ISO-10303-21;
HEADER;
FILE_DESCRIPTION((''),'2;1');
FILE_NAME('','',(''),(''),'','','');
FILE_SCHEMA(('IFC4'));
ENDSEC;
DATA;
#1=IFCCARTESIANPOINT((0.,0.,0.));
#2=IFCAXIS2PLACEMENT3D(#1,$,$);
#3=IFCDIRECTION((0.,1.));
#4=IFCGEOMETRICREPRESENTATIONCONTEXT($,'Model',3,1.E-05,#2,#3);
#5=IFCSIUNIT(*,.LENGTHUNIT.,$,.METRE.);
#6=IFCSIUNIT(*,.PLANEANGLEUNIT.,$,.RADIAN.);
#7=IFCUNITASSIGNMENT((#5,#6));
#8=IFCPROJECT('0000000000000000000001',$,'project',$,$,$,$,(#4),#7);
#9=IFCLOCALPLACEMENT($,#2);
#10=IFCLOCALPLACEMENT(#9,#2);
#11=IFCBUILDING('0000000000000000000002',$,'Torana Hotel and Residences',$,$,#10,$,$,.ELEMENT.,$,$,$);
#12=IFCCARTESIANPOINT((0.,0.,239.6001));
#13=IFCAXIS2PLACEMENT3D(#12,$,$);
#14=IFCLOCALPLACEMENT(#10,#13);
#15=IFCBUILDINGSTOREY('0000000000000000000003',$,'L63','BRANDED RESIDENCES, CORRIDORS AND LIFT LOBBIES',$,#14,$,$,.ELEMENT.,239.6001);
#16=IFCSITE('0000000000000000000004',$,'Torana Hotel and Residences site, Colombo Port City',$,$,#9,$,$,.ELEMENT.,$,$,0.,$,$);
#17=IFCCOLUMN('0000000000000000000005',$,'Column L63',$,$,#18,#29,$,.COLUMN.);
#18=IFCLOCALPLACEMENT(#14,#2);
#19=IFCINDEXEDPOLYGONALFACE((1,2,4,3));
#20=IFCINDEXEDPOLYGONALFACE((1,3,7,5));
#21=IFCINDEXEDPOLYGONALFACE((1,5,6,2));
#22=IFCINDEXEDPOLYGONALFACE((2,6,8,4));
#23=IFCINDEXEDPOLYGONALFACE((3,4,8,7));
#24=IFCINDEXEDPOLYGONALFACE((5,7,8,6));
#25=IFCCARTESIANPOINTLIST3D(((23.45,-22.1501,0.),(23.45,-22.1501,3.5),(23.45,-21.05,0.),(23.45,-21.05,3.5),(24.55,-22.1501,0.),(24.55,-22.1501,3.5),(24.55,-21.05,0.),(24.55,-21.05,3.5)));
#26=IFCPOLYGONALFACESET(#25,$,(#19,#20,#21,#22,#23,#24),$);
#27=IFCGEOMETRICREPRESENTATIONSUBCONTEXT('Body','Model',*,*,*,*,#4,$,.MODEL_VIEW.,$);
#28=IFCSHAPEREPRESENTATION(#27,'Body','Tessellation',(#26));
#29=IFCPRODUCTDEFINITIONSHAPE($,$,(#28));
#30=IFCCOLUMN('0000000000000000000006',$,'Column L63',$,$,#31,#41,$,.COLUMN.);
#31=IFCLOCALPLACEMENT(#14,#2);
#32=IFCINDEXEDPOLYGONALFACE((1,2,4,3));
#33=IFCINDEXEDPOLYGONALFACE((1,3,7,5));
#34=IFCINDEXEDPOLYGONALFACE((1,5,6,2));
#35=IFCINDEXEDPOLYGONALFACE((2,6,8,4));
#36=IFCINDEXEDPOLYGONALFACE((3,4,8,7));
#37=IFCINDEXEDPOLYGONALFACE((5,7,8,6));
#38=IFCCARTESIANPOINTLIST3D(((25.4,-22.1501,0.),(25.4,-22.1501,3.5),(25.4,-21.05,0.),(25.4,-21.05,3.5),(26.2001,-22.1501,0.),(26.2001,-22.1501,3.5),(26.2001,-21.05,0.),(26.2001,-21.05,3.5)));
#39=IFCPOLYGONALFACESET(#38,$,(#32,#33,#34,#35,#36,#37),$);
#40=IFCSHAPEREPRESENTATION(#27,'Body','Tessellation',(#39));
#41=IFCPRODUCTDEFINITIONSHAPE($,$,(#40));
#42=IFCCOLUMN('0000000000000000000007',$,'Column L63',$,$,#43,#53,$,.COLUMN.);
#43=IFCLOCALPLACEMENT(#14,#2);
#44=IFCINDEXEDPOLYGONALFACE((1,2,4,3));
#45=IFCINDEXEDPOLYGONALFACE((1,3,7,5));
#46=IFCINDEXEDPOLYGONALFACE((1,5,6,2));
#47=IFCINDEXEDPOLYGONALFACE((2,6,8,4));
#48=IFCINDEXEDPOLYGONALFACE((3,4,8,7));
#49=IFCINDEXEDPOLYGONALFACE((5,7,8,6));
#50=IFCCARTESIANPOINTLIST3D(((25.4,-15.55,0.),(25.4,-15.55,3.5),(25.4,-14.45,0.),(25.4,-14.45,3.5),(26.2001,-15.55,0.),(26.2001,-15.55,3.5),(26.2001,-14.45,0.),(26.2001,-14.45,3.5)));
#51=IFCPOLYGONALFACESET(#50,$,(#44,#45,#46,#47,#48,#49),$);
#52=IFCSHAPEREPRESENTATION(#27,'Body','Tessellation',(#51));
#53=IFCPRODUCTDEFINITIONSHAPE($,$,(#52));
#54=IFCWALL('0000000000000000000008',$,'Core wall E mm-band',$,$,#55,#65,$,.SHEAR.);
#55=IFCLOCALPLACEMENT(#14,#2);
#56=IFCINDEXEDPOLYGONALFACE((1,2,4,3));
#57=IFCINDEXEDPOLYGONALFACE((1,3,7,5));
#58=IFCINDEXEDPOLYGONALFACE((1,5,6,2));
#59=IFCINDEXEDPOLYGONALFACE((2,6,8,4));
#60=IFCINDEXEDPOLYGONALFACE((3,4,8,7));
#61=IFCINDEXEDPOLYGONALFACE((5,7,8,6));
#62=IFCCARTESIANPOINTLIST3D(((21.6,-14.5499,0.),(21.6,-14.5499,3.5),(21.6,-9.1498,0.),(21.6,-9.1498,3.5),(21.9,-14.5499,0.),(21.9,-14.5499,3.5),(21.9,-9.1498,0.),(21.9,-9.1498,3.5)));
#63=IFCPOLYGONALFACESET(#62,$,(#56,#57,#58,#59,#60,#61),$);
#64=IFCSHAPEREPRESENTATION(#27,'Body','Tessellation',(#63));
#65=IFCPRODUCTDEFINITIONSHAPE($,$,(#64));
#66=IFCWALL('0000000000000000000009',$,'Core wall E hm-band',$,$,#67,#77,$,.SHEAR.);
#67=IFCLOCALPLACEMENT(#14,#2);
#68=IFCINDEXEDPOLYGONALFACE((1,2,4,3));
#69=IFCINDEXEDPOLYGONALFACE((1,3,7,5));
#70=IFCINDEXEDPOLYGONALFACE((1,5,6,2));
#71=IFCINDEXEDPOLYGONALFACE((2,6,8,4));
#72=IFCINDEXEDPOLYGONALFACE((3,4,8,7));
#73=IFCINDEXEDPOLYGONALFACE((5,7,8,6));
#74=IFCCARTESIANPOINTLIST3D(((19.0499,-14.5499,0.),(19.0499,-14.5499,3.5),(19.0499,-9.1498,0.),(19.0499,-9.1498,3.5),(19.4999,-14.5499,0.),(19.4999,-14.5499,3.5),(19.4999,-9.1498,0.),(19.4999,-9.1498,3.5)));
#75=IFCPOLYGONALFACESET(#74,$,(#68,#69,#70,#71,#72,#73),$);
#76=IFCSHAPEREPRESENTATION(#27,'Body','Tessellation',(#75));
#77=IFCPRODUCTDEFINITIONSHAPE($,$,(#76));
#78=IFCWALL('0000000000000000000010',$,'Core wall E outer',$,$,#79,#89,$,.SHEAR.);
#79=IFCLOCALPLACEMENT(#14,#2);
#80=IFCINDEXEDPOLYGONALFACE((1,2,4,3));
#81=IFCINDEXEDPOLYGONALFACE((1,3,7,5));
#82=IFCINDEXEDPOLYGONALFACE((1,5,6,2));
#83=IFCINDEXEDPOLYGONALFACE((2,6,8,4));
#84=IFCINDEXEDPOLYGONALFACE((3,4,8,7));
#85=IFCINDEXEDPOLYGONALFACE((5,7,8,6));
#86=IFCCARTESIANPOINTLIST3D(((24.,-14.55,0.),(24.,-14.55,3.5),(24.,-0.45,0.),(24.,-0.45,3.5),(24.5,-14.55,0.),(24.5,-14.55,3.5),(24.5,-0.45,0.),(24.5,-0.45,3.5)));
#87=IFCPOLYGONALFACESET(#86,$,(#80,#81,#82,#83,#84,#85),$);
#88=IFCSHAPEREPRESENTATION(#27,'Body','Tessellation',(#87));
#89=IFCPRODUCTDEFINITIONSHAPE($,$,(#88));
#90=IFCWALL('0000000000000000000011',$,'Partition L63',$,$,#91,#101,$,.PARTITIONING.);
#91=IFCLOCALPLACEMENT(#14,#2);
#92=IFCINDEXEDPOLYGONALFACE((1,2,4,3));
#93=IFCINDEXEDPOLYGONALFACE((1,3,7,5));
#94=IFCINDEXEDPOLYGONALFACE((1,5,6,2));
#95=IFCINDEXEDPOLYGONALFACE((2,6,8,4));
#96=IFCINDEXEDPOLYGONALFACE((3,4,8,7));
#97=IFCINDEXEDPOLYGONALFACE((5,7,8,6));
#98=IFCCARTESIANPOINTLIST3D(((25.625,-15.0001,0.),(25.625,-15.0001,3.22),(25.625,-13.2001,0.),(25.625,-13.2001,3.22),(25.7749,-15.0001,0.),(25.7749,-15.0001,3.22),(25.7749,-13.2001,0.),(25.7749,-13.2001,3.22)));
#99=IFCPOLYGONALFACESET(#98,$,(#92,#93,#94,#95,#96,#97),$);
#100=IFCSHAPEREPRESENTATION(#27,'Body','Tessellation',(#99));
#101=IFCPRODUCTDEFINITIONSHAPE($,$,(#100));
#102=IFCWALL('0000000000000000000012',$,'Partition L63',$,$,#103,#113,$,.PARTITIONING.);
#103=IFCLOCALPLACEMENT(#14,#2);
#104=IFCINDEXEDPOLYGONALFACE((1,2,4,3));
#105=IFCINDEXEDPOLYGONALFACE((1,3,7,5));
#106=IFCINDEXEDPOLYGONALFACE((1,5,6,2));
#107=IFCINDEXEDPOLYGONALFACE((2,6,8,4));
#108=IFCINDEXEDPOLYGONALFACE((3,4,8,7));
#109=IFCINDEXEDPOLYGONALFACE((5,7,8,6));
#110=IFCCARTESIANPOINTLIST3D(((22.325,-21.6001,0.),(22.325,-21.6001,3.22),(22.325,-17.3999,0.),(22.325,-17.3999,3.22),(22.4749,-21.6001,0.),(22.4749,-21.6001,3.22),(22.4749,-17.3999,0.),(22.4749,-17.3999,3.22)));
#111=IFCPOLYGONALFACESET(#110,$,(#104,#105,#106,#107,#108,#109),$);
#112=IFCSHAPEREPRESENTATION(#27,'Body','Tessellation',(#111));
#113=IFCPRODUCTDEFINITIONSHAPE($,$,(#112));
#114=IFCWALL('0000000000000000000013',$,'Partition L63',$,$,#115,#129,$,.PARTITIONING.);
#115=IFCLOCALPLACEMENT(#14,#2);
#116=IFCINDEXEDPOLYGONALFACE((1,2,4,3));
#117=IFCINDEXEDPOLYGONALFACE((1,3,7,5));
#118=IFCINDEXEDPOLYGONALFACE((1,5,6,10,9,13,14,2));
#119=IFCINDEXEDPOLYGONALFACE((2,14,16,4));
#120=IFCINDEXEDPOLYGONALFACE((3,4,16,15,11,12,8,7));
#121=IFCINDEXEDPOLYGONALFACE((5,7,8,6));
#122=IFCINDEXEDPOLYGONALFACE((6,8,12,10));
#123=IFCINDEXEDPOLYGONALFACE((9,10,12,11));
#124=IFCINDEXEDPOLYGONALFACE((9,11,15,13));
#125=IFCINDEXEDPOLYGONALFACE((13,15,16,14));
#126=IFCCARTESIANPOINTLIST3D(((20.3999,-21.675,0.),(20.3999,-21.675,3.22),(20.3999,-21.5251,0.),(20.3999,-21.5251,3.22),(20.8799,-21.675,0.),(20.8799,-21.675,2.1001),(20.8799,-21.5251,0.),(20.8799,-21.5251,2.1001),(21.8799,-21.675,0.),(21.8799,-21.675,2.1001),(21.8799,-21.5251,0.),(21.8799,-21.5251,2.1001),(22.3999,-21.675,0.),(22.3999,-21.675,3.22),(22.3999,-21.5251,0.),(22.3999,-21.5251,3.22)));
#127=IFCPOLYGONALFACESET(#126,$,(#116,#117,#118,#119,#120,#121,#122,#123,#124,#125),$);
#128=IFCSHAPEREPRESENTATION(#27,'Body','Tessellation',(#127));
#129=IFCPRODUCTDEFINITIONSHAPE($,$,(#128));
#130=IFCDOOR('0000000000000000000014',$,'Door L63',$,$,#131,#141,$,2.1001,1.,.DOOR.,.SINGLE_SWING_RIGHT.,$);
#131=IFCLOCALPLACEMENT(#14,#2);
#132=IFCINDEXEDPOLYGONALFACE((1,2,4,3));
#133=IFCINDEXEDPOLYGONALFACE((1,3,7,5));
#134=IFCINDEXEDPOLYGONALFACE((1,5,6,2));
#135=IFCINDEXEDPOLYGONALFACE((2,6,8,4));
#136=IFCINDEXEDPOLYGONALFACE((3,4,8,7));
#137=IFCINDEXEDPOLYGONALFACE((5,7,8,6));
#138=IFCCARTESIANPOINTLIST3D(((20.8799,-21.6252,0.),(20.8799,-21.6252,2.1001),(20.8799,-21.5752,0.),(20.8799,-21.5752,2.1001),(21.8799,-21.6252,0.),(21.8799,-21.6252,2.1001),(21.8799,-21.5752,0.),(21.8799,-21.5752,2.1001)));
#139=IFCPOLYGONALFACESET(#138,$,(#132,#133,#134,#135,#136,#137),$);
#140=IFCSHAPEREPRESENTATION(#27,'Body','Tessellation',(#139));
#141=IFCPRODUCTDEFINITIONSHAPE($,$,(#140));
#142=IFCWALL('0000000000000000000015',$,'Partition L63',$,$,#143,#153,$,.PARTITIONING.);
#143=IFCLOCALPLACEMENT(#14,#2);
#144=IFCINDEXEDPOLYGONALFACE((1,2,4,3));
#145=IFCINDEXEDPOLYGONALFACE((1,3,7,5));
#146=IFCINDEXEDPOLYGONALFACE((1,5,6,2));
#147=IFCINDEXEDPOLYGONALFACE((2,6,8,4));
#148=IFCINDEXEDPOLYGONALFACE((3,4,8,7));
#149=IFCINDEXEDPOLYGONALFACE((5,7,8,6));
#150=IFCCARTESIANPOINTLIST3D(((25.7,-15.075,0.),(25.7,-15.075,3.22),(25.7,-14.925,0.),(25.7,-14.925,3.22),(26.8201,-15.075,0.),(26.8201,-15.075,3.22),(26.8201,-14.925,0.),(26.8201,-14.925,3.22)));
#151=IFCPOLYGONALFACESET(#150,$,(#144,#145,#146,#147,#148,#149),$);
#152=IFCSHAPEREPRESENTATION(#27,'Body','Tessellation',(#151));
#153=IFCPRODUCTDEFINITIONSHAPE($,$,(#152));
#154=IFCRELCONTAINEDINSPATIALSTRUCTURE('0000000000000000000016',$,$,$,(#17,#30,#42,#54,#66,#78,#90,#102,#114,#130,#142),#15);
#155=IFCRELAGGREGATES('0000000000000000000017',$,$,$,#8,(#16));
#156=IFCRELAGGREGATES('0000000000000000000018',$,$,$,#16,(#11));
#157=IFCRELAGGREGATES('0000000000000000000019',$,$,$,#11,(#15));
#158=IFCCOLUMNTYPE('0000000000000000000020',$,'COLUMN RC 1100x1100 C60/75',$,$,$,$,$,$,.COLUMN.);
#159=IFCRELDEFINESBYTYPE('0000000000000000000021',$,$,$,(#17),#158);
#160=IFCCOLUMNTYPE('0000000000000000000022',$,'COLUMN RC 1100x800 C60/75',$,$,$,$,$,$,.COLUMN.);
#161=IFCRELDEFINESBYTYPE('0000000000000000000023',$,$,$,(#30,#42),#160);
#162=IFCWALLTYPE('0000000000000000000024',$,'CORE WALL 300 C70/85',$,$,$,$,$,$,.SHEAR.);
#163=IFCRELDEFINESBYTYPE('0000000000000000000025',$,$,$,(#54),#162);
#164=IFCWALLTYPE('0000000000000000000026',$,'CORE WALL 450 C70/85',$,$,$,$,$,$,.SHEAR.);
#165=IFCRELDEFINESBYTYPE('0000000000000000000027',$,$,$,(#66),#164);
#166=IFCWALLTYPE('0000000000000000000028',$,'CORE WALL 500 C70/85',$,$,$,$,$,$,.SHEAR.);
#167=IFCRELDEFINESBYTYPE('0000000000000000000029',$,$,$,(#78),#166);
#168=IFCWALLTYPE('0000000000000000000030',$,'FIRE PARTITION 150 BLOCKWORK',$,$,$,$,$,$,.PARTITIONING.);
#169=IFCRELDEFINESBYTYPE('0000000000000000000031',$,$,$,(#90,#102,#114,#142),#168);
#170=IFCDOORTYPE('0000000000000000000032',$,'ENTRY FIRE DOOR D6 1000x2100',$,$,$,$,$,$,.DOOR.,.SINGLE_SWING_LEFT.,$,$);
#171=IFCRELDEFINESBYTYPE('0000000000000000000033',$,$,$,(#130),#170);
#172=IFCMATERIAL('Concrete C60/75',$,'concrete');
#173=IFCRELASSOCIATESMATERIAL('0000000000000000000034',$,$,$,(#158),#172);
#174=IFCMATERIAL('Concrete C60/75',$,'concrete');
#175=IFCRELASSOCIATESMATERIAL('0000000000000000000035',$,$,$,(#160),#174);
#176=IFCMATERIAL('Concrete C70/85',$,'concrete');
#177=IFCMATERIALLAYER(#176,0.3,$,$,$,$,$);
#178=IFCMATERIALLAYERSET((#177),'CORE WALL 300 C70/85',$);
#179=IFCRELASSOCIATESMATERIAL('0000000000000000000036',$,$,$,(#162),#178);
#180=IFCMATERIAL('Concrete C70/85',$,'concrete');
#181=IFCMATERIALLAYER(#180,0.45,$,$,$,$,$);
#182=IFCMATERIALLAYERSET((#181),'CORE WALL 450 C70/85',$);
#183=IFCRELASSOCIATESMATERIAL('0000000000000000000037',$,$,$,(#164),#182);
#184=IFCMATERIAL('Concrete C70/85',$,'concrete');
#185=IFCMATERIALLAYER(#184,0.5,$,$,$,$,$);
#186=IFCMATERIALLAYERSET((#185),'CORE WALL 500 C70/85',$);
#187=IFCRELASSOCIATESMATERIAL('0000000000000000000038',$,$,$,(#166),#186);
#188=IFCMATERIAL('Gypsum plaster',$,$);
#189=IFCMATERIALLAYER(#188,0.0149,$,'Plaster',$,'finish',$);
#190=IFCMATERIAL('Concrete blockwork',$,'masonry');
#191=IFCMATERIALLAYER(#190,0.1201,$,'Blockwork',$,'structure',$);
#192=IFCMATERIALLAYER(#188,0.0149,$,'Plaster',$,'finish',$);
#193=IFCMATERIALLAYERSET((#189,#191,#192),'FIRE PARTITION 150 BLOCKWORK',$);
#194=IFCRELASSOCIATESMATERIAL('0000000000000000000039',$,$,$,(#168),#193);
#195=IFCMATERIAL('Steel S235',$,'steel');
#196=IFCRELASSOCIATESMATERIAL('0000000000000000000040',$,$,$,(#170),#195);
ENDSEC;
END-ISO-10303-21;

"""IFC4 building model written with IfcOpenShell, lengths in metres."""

from ifc_helpers import new_model, si_unit, direction, frame, frame_2d, origin, origin_2d, place, context, subcontext, project, spatial, rectangle, extrude, material, layer, layer_set, material_profile, profile_set, type_object, element, fill, save


model = new_model("IFC4")

# Units and contexts
model_context = context("Model", 3, precision=1e-05, world=origin(), true_north=direction((0.0, 1.0)))
body_context = subcontext(model_context, "Body", "Model", "MODEL_VIEW")
ifc_project = project(units=[si_unit("LENGTHUNIT", "METRE"), si_unit("PLANEANGLEUNIT", "RADIAN")], contexts=[model_context])

# Site, building, storey
site_placement = place(None, origin())
site = spatial("IfcSite", under=ifc_project, at=site_placement, Name="Torana Hotel and Residences site, Colombo Port City", CompositionType="ELEMENT", RefElevation=0.0)
building_placement = place(site_placement, origin())
building = spatial("IfcBuilding", under=site, at=building_placement, Name="Torana Hotel and Residences", CompositionType="ELEMENT")
storey_placement = place(building_placement, frame((0.0, 0.0, 239.6001)))
storey = spatial("IfcBuildingStorey", under=building, at=storey_placement, Name="L63", Description="BRANDED RESIDENCES, CORRIDORS AND LIFT LOBBIES", CompositionType="ELEMENT", Elevation=239.6001)

# Columns
ifc_material_1 = material(Name="Concrete C60/75", Category="concrete")
ifc_material_profile_1 = material_profile(ifc_material_1, rectangle(XDim=1.1001, YDim=1.1001, at=origin_2d()), Name="RC 1100x1100")
ifc_profile_set_1 = profile_set([ifc_material_profile_1], Name="Concrete C60/75")
column_type_1 = type_object("IfcColumnType", Name="COLUMN RC 1100x1100 C60/75", PredefinedType="COLUMN", material=ifc_profile_set_1)
column_placement = place(storey_placement, frame((24.0, -21.6001, 0.0), z_axis=(0.0, 0.0, 1.0), x_axis=(1.0, 0.0, 0.0)))
element("IfcColumn", 1, at=column_placement, inside=storey, type_object=column_type_1, Name="Column L63", PredefinedType="COLUMN", context=body_context, shape_type="SweptSolid", body=[
    extrude(rectangle(XDim=1.1001, YDim=1.1001, at=origin_2d()), origin(), (0.0, 0.0, 1.0), 3.5),
])
ifc_material_2 = material(Name="Concrete C60/75", Category="concrete")
ifc_material_profile_2 = material_profile(ifc_material_2, rectangle(XDim=1.1001, YDim=0.8, at=origin_2d()), Name="RC 1100x800")
ifc_profile_set_2 = profile_set([ifc_material_profile_2], Name="Concrete C60/75")
column_type_2 = type_object("IfcColumnType", Name="COLUMN RC 1100x800 C60/75", PredefinedType="COLUMN", material=ifc_profile_set_2)
for number, where, z_axis, x_axis, name in (
    (2, (25.8, -21.6001, 0.0), (0.0, 0.0, 1.0), (0.0, 1.0, 0.0), "Column L63"),
    (3, (25.8, -15.0, 0.0), (0.0, 0.0, 1.0), (0.0, 1.0, 0.0), "Column L63"),
):
    element("IfcColumn", number, at=place(storey_placement, frame(where, z_axis=z_axis, x_axis=x_axis)), inside=storey, type_object=column_type_2, Name=name, PredefinedType="COLUMN", context=body_context, shape_type="SweptSolid", body=[
        extrude(rectangle(XDim=1.1001, YDim=0.8, at=origin_2d()), origin(), (0.0, 0.0, 1.0), 3.5),
    ])

# Walls
ifc_material_3 = material(Name="Concrete C70/85", Category="concrete")
ifc_layer_1 = layer(ifc_material_3, 0.3)
ifc_layer_set_1 = layer_set([ifc_layer_1], Name="CORE WALL 300 C70/85")
wall_type_1 = type_object("IfcWallType", Name="CORE WALL 300 C70/85", PredefinedType="SHEAR", material=ifc_layer_set_1)
wall_1_placement = place(storey_placement, frame((21.75, -14.55, 0.0), z_axis=(0.0, 0.0, 1.0), x_axis=(0.0, 1.0, 0.0)))
element("IfcWall", 4, at=wall_1_placement, inside=storey, type_object=wall_type_1, Name="Core wall E mm-band", PredefinedType="SHEAR", context=body_context, shape_type="SweptSolid", body=[
    extrude(rectangle(XDim=5.4001, YDim=0.3, at=frame_2d((2.7002, 0.0))), origin(), (0.0, 0.0, 1.0), 3.5),
])
ifc_material_4 = material(Name="Concrete C70/85", Category="concrete")
ifc_layer_2 = layer(ifc_material_4, 0.45)
ifc_layer_set_2 = layer_set([ifc_layer_2], Name="CORE WALL 450 C70/85")
wall_type_2 = type_object("IfcWallType", Name="CORE WALL 450 C70/85", PredefinedType="SHEAR", material=ifc_layer_set_2)
wall_2_placement = place(storey_placement, frame((19.2749, -14.55, 0.0), z_axis=(0.0, 0.0, 1.0), x_axis=(0.0, 1.0, 0.0)))
element("IfcWall", 5, at=wall_2_placement, inside=storey, type_object=wall_type_2, Name="Core wall E hm-band", PredefinedType="SHEAR", context=body_context, shape_type="SweptSolid", body=[
    extrude(rectangle(XDim=5.4001, YDim=0.45, at=frame_2d((2.7002, 0.0))), origin(), (0.0, 0.0, 1.0), 3.5),
])
ifc_material_5 = material(Name="Concrete C70/85", Category="concrete")
ifc_layer_3 = layer(ifc_material_5, 0.5)
ifc_layer_set_3 = layer_set([ifc_layer_3], Name="CORE WALL 500 C70/85")
wall_type_3 = type_object("IfcWallType", Name="CORE WALL 500 C70/85", PredefinedType="SHEAR", material=ifc_layer_set_3)
wall_3_placement = place(storey_placement, frame((24.25, -14.55, 0.0), z_axis=(0.0, 0.0, 1.0), x_axis=(0.0, 1.0, 0.0)))
element("IfcWall", 6, at=wall_3_placement, inside=storey, type_object=wall_type_3, Name="Core wall E outer", PredefinedType="SHEAR", context=body_context, shape_type="SweptSolid", body=[
    extrude(rectangle(XDim=14.1001, YDim=0.5, at=frame_2d((7.05, 0.0))), origin(), (0.0, 0.0, 1.0), 3.5),
])
ifc_material_6 = material(Name="Gypsum plaster")
ifc_layer_4 = layer(ifc_material_6, 0.0149, Name="Plaster", Category="finish")
ifc_material_7 = material(Name="Concrete blockwork", Category="masonry")
ifc_layer_5 = layer(ifc_material_7, 0.1201, Name="Blockwork", Category="structure")
ifc_layer_6 = layer(ifc_material_6, 0.0149, Name="Plaster", Category="finish")
ifc_layer_set_4 = layer_set([ifc_layer_4, ifc_layer_5, ifc_layer_6], Name="FIRE PARTITION 150 BLOCKWORK")
wall_type_4 = type_object("IfcWallType", Name="FIRE PARTITION 150 BLOCKWORK", PredefinedType="PARTITIONING", material=ifc_layer_set_4)
wall_4_placement = place(storey_placement, frame((25.7, -15.0, 0.0), z_axis=(0.0, 0.0, 1.0), x_axis=(0.0, 1.0, 0.0)))
element("IfcWall", 7, at=wall_4_placement, inside=storey, type_object=wall_type_4, Name="Partition L63", PredefinedType="PARTITIONING", context=body_context, shape_type="SweptSolid", body=[
    extrude(rectangle(XDim=1.8, YDim=0.1499, at=frame_2d((0.8999, 0.0))), origin(), (0.0, 0.0, 1.0), 3.22),
])
wall_5_placement = place(storey_placement, frame((22.3999, -21.6001, 0.0), z_axis=(0.0, 0.0, 1.0), x_axis=(0.0, 1.0, 0.0)))
element("IfcWall", 8, at=wall_5_placement, inside=storey, type_object=wall_type_4, Name="Partition L63", PredefinedType="PARTITIONING", context=body_context, shape_type="SweptSolid", body=[
    extrude(rectangle(XDim=4.2002, YDim=0.1499, at=frame_2d((2.1001, 0.0))), origin(), (0.0, 0.0, 1.0), 3.22),
])

# Wall, opening, door
wall_6_placement = place(storey_placement, frame((20.3999, -21.6001, 0.0), z_axis=(0.0, 0.0, 1.0), x_axis=(1.0, 0.0, 0.0)))
wall_6 = element("IfcWall", 9, at=wall_6_placement, inside=storey, type_object=wall_type_4, Name="Partition L63", PredefinedType="PARTITIONING", context=body_context, shape_type="SweptSolid", body=[
    extrude(rectangle(XDim=2.0, YDim=0.1499, at=frame_2d((1.0, 0.0))), origin(), (0.0, 0.0, 1.0), 3.22),
])
opening_1_placement = place(wall_6_placement, frame((0.48, 0.0, 0.0)))
opening_1 = element("IfcOpeningElement", 10, at=opening_1_placement, cuts=wall_6, PredefinedType="OPENING", context=body_context, shape_type="SweptSolid", body=[
    extrude(rectangle(XDim=1.0, YDim=2.1001, at=frame_2d((0.5, 1.05))), frame((0.0, 0.085, 0.0), z_axis=(0.0, -1.0, 0.0), x_axis=(1.0, 0.0, 0.0)), (0.0, 0.0, 1.0), 0.1699),
])
ifc_material_8 = material(Name="Steel S235", Category="steel")
door_type_1 = type_object("IfcDoorType", Name="ENTRY FIRE DOOR D6 1000x2100", OperationType="SINGLE_SWING_LEFT", PredefinedType="DOOR", material=ifc_material_8)
door_1_placement = place(opening_1_placement, frame((0.5, 0.0, 0.0), z_axis=(0.0, 0.0, 1.0), x_axis=(-1.0, 0.0, 0.0)))
door_1 = element("IfcDoor", 11, at=door_1_placement, inside=storey, type_object=door_type_1, Name="Door L63", OperationType="SINGLE_SWING_RIGHT", OverallHeight=2.1001, OverallWidth=1.0, PredefinedType="DOOR", context=body_context, shape_type="SweptSolid", body=[
    extrude(rectangle(XDim=1.0, YDim=2.1001, at=frame_2d((0.0, 1.05))), frame((0.0, -0.0249, 0.0), z_axis=(0.0, 1.0, 0.0), x_axis=(-1.0, 0.0, 0.0)), (0.0, 0.0, 1.0), 0.05),
])
fill(opening_1, door_1)

# Wall
wall_7_placement = place(storey_placement, frame((25.7, -15.0, 0.0), z_axis=(0.0, 0.0, 1.0), x_axis=(1.0, 0.0, 0.0)))
element("IfcWall", 12, at=wall_7_placement, inside=storey, type_object=wall_type_4, Name="Partition L63", PredefinedType="PARTITIONING", context=body_context, shape_type="SweptSolid", body=[
    extrude(rectangle(XDim=1.1201, YDim=0.1499, at=frame_2d((0.5601, 0.0))), origin(), (0.0, 0.0, 1.0), 3.22),
])

save(model, "model.ifc")
